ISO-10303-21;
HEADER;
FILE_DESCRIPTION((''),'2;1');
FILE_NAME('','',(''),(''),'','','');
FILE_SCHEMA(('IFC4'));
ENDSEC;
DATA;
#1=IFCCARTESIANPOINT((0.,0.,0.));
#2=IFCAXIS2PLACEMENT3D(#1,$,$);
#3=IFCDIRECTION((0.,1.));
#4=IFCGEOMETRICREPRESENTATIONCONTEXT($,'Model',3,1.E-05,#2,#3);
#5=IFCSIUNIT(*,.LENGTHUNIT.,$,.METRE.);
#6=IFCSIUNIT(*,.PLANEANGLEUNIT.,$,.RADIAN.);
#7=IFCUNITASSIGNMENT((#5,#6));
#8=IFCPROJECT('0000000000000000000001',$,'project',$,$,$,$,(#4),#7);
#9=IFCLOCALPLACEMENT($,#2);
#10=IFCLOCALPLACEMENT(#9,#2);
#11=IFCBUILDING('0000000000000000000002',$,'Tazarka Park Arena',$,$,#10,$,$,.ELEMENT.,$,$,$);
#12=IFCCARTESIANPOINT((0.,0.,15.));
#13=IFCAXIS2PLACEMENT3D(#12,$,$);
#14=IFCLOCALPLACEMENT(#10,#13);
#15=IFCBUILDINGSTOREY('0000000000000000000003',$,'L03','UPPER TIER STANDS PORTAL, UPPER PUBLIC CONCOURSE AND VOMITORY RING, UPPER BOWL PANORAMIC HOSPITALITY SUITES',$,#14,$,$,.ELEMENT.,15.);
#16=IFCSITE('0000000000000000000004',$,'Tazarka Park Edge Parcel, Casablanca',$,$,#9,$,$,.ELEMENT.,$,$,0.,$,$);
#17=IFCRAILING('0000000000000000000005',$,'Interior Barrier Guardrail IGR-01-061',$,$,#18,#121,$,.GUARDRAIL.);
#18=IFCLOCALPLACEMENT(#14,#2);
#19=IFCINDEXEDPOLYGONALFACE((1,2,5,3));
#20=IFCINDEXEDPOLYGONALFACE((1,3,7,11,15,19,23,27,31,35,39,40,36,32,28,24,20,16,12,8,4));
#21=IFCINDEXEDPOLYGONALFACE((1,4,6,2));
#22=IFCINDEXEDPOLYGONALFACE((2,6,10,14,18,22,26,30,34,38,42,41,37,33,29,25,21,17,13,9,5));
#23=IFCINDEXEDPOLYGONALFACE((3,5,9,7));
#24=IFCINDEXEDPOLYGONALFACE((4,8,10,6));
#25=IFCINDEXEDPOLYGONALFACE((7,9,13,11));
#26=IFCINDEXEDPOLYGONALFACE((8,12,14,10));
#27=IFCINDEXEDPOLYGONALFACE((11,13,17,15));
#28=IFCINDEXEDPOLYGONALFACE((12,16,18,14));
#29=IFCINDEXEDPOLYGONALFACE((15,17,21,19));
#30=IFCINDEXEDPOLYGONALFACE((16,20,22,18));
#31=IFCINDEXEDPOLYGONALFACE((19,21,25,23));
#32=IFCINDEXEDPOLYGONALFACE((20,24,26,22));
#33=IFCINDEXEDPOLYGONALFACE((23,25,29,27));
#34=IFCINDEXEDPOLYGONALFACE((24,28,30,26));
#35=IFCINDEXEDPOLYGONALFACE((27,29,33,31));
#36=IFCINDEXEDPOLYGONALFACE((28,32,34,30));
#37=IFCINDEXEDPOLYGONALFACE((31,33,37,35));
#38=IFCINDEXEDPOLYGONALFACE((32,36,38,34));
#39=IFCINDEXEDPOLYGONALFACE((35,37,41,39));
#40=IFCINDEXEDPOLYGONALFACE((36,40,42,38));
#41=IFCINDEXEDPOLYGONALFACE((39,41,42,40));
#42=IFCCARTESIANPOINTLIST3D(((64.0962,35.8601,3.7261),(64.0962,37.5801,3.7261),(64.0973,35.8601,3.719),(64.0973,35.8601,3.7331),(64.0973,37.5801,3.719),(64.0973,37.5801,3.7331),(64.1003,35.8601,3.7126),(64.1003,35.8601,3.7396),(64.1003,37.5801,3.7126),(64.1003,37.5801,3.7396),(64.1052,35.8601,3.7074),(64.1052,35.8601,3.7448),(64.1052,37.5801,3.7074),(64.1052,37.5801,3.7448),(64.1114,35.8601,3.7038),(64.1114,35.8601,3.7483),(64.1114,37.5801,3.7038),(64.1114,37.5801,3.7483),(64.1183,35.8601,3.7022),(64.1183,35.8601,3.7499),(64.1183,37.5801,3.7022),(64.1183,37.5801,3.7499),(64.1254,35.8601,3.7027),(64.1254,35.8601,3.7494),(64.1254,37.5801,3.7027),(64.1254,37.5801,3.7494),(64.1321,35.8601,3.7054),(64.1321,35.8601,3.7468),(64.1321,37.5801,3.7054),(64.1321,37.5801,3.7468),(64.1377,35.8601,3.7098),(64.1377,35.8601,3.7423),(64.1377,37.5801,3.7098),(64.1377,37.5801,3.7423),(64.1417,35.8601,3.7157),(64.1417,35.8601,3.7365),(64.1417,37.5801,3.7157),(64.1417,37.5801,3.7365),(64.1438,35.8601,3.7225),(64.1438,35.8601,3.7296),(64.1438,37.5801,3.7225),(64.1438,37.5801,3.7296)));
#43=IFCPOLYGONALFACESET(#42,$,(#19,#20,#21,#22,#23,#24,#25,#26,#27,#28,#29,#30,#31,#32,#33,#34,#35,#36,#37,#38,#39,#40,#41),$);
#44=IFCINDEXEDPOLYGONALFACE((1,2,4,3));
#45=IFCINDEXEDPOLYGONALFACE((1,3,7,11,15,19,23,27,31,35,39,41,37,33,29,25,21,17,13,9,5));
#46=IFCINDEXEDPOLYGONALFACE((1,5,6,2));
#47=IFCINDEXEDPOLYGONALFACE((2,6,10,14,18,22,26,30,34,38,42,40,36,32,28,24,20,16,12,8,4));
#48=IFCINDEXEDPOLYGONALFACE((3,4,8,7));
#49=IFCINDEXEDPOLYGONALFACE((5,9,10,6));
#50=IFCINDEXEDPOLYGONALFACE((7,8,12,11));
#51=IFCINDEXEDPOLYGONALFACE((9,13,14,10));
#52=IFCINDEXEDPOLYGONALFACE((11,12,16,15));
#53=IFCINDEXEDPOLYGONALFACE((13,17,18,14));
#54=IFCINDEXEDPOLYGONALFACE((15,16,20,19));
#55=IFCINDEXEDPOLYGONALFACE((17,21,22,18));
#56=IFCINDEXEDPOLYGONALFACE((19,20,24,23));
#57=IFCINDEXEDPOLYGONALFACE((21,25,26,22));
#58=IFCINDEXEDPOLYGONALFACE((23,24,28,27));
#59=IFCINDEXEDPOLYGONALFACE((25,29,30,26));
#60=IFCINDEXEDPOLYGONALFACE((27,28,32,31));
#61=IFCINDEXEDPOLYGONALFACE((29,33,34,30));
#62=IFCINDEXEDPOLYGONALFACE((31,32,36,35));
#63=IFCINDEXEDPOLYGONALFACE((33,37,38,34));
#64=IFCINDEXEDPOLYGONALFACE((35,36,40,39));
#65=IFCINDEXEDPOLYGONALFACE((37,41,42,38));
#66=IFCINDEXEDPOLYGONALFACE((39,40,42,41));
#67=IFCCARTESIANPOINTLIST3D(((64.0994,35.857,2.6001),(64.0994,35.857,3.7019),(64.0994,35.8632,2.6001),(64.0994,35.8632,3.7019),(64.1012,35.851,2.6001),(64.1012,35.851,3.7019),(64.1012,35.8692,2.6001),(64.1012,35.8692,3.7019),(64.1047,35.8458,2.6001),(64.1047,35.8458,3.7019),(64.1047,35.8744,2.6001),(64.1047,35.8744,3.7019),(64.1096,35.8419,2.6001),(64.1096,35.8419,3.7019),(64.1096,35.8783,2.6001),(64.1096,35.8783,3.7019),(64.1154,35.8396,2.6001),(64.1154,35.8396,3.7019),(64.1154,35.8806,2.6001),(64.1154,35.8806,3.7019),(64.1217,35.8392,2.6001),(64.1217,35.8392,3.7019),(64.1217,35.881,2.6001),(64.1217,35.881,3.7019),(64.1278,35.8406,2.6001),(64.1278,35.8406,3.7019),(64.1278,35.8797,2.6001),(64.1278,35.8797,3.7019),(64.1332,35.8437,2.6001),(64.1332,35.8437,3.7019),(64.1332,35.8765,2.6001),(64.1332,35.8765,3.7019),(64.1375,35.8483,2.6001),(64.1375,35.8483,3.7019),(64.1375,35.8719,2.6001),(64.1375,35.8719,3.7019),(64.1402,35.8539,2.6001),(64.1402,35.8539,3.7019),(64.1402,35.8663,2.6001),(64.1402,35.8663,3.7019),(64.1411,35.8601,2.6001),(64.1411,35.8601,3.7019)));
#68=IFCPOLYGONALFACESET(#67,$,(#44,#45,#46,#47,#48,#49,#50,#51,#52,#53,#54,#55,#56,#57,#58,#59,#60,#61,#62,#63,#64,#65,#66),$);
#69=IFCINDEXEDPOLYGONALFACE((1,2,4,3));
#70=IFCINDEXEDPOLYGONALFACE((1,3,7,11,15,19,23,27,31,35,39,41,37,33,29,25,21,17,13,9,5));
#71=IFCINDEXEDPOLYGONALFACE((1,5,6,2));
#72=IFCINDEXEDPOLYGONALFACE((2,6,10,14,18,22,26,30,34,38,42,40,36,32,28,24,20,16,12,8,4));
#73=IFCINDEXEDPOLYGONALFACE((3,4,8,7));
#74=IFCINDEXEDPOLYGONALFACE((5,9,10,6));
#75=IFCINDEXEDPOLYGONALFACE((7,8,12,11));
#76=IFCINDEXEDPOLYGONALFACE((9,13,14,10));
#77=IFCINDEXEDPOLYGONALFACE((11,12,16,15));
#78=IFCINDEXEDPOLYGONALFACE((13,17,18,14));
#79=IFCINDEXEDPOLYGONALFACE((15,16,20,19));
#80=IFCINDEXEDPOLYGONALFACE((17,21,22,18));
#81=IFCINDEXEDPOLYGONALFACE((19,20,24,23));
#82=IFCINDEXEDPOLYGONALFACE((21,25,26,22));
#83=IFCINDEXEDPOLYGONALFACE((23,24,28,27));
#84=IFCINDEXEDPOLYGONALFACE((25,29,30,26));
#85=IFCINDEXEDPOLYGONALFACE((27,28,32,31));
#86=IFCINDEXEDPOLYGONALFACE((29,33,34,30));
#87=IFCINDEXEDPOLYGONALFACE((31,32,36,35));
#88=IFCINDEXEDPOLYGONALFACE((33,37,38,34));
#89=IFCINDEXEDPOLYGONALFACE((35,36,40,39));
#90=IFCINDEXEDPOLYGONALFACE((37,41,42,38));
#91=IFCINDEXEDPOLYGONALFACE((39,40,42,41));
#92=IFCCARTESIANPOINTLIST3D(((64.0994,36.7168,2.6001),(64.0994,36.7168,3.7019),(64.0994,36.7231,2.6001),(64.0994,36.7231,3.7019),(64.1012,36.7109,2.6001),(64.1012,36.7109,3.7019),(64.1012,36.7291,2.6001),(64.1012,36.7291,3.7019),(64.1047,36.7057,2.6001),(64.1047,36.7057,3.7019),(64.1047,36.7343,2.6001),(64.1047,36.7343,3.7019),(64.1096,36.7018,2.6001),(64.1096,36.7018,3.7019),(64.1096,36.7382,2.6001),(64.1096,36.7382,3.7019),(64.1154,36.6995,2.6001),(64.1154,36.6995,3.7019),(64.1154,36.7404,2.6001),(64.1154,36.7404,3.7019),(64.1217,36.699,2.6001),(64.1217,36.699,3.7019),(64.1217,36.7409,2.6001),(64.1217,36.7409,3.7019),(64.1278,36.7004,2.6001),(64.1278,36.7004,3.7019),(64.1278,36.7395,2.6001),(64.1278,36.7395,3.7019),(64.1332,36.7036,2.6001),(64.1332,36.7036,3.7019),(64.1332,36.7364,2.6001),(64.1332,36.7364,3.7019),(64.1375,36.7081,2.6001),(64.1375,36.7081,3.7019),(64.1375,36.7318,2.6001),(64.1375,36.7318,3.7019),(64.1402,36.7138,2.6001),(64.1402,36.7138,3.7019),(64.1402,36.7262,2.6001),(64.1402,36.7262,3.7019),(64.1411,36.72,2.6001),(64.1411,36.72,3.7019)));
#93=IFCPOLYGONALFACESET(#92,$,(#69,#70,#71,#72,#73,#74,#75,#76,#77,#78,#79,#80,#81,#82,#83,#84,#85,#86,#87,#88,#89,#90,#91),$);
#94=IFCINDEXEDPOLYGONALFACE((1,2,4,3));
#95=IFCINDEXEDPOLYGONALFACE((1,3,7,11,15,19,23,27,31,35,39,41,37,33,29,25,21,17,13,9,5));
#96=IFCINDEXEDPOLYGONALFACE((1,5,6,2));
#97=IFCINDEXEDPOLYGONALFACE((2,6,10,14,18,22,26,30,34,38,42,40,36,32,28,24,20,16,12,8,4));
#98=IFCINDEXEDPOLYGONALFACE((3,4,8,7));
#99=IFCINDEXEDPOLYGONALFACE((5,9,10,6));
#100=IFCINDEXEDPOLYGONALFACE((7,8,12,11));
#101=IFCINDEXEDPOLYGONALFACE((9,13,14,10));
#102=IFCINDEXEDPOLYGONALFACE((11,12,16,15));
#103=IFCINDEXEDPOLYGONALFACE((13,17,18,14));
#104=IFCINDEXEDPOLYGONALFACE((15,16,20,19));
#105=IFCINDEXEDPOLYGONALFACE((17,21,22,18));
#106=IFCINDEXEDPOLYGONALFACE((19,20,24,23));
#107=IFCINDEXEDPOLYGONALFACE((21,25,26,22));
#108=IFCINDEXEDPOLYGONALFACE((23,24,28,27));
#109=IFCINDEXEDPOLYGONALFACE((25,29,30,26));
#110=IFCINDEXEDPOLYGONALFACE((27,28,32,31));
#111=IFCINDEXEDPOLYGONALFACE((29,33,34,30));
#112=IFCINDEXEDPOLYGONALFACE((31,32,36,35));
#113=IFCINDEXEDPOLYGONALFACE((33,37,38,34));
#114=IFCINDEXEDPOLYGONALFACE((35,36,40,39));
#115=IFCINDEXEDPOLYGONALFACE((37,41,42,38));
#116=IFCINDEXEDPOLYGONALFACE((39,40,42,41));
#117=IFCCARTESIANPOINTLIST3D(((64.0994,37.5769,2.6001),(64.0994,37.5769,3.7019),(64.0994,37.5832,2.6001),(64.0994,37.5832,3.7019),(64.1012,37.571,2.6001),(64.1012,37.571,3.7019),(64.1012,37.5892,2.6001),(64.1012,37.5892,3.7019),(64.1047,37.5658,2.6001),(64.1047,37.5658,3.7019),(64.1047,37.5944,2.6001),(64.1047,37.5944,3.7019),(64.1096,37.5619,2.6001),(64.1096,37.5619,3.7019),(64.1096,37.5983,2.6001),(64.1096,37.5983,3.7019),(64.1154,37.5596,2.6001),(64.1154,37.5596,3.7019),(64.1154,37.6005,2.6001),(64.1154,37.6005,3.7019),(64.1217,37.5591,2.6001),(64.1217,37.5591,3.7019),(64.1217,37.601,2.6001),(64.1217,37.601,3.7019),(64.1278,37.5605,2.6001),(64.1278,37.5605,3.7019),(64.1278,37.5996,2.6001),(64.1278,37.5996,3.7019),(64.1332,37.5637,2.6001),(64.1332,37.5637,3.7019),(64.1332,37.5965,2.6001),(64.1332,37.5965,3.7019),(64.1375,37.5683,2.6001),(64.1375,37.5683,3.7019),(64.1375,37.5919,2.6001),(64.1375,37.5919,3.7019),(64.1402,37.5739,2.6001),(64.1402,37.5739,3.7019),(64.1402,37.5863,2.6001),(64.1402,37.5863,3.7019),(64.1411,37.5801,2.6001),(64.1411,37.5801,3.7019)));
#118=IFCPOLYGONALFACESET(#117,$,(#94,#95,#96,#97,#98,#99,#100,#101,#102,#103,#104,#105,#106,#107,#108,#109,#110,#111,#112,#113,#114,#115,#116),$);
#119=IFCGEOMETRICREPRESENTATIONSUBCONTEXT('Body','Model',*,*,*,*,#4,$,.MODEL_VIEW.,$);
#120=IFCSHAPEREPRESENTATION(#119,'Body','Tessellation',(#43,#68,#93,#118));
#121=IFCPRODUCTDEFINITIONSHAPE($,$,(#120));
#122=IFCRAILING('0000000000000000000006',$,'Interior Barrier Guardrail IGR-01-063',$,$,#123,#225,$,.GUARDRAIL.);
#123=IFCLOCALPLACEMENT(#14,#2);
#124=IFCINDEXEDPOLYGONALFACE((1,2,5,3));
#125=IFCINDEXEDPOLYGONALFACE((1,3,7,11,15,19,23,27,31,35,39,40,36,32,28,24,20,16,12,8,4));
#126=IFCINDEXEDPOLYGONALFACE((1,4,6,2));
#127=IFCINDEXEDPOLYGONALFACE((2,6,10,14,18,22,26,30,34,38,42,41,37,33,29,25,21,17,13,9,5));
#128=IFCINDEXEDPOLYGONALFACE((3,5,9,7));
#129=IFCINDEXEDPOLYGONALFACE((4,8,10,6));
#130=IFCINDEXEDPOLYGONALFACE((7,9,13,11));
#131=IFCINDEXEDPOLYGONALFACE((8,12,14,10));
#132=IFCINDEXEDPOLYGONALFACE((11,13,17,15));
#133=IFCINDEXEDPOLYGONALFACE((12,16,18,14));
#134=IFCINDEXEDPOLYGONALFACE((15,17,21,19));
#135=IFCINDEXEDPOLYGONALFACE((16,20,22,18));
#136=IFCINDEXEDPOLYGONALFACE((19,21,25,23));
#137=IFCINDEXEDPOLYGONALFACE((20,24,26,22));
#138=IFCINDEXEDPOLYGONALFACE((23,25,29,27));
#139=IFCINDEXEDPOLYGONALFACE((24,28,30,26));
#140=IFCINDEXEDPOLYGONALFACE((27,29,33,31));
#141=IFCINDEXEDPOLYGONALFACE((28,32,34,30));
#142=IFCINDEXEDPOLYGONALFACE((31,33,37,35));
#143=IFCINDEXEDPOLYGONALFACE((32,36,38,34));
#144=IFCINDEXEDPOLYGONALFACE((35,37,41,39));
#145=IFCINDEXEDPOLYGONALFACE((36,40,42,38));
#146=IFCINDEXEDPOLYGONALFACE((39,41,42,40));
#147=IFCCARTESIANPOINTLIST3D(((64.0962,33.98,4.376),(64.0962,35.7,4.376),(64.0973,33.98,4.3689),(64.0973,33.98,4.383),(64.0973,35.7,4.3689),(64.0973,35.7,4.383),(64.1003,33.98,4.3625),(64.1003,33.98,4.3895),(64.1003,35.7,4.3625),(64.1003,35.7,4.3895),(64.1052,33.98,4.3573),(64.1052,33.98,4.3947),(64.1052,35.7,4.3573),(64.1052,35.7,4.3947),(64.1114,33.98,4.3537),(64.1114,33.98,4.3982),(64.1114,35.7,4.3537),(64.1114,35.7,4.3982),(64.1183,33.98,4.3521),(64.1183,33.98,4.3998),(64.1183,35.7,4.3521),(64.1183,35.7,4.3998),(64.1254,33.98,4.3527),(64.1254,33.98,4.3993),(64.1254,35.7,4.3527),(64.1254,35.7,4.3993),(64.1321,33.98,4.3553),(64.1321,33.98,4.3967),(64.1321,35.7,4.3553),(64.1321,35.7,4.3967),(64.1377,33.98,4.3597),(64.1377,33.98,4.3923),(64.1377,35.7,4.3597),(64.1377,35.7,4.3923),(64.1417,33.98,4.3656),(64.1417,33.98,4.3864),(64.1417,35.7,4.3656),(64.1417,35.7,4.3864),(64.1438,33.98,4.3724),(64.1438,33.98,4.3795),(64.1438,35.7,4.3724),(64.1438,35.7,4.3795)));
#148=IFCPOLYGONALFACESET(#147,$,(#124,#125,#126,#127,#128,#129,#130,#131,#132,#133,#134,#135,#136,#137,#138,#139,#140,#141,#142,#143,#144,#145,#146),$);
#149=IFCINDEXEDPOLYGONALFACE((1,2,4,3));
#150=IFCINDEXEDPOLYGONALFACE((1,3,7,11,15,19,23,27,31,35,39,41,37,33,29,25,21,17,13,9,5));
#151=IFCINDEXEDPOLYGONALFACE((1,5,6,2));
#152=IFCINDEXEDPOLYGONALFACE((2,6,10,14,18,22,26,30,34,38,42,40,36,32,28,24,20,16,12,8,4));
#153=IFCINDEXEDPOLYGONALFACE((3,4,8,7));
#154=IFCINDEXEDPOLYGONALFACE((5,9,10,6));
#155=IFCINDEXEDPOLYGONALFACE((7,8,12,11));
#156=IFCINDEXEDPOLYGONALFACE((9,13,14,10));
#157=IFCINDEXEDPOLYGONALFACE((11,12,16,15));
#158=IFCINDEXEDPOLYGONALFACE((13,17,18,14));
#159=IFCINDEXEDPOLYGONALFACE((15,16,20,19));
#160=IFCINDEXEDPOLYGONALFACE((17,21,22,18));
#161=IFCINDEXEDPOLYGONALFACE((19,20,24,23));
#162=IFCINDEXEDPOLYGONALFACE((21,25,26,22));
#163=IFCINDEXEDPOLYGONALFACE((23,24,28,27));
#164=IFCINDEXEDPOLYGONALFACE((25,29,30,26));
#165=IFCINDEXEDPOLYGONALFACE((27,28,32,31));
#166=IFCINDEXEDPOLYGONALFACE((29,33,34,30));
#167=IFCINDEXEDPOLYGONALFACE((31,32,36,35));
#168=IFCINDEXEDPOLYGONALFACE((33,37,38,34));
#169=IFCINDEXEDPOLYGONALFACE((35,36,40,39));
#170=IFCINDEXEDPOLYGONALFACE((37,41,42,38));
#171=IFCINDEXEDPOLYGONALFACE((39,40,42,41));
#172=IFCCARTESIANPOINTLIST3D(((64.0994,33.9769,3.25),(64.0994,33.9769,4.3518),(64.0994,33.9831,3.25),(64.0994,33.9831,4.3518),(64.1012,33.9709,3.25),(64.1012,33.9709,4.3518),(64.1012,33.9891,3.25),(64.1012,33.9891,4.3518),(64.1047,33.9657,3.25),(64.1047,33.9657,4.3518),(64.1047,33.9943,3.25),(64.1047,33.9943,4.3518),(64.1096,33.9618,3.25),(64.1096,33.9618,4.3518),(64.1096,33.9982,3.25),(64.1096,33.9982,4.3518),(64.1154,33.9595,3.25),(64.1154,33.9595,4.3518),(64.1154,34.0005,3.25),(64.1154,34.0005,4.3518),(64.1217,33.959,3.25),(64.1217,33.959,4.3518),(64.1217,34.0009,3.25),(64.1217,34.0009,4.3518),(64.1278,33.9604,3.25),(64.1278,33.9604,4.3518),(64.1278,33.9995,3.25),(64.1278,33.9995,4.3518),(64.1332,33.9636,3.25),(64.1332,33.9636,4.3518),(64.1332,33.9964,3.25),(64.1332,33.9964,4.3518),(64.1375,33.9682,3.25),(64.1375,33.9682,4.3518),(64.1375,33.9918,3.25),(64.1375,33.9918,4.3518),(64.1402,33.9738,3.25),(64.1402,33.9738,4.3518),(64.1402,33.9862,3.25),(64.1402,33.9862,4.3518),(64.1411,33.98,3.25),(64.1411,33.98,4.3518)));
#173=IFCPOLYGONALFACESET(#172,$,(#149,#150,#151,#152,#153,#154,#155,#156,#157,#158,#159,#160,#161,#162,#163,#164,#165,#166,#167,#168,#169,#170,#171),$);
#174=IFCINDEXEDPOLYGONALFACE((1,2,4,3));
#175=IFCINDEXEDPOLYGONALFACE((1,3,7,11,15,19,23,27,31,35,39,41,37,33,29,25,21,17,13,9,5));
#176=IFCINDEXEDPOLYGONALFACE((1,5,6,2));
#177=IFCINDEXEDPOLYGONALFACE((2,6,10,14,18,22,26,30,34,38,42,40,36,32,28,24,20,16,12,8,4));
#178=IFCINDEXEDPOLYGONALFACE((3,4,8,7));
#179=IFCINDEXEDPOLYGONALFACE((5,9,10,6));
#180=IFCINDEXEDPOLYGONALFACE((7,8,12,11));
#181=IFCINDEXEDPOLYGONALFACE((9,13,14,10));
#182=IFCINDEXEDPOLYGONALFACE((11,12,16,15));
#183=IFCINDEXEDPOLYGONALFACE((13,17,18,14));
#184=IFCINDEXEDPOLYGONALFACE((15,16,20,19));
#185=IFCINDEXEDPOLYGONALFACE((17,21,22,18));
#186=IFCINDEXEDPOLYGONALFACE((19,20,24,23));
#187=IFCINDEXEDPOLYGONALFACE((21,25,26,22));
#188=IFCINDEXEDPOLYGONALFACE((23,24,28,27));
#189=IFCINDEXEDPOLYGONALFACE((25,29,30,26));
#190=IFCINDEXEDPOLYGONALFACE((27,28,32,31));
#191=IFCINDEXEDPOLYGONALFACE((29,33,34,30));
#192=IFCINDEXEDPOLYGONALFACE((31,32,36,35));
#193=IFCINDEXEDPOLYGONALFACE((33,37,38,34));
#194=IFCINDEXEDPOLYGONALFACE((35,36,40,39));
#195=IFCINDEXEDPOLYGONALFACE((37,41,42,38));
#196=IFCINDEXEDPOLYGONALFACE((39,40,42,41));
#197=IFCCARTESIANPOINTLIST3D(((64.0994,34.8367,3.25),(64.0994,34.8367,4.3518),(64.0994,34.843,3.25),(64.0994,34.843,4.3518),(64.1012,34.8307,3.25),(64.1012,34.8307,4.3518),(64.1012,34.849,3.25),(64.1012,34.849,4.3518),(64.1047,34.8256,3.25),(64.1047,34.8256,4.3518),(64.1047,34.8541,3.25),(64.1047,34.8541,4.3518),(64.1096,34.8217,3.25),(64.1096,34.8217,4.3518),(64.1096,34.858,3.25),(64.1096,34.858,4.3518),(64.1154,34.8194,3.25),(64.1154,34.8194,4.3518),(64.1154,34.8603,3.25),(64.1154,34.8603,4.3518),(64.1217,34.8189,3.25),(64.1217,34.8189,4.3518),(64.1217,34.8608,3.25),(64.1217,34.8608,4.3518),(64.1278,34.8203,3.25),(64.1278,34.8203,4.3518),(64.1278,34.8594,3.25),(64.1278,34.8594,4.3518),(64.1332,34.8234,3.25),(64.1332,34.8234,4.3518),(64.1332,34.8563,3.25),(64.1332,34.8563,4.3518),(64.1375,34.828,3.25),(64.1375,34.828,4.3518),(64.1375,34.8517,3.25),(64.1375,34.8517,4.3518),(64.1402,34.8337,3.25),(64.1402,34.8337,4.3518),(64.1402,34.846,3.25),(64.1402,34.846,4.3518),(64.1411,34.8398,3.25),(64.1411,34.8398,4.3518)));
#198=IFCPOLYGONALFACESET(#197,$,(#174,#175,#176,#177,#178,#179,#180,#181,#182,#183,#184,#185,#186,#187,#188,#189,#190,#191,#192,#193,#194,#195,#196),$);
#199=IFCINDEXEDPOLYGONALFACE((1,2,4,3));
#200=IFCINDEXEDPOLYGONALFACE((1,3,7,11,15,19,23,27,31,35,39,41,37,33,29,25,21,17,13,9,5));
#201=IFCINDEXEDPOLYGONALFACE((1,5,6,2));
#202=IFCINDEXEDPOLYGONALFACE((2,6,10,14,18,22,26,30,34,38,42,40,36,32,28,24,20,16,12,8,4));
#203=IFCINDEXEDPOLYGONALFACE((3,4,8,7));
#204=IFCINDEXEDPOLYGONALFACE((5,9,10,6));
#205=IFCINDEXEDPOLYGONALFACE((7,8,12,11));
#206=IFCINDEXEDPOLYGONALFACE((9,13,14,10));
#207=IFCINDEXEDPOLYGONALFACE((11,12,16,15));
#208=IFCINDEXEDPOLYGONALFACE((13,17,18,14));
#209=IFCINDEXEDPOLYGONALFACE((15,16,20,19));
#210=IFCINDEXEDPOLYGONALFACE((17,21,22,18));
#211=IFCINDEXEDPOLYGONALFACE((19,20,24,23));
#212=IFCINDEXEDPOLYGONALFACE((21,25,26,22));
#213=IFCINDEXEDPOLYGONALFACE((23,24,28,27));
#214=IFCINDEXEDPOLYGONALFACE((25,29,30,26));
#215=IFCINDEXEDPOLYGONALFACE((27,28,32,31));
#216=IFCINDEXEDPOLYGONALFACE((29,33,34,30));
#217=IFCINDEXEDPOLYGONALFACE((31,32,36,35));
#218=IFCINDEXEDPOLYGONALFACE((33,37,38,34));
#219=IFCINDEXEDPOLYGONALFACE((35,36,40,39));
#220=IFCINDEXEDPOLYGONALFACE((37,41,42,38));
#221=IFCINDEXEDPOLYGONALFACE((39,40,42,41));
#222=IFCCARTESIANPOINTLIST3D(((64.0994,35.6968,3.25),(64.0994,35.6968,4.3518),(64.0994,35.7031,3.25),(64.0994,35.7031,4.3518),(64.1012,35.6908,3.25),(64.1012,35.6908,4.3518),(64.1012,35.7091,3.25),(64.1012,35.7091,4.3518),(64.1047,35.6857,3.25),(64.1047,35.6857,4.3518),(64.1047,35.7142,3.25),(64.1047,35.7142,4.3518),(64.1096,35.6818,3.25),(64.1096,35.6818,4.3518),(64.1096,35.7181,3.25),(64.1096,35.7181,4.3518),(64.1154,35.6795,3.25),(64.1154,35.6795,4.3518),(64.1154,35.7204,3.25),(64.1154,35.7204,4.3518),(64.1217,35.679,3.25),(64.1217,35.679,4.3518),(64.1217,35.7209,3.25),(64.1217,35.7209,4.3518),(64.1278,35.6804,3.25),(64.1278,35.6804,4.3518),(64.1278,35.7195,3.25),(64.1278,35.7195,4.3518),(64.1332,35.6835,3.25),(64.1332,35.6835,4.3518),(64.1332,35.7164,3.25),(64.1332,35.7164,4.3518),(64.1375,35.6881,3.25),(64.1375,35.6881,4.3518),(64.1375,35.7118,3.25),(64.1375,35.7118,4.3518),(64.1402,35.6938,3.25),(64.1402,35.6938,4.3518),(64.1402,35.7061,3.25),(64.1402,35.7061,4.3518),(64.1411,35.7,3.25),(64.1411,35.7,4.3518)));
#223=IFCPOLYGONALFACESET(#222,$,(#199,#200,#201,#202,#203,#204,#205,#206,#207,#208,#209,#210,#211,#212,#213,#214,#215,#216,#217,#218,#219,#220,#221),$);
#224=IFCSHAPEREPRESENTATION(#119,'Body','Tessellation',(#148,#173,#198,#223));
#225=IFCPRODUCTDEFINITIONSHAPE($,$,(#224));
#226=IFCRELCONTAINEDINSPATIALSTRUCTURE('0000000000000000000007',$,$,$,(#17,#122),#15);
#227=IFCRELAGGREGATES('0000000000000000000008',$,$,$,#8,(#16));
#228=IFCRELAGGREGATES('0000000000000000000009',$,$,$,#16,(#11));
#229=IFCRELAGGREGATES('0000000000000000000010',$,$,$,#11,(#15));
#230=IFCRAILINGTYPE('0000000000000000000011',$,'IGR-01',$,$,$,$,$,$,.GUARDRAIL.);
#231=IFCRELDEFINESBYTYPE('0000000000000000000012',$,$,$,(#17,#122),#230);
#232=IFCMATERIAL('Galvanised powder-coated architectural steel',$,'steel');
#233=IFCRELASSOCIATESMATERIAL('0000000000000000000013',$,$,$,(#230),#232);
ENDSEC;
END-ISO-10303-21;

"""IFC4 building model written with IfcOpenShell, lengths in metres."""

from ifc_helpers import new_model, si_unit, direction, frame, origin, origin_2d, place, context, subcontext, project, spatial, circle, extrude, material, type_object, element, save


model = new_model("IFC4")

# Units and contexts
model_context = context("Model", 3, precision=1e-05, world=origin(), true_north=direction((0.0, 1.0)))
body_context = subcontext(model_context, "Body", "Model", "MODEL_VIEW")
ifc_project = project(units=[si_unit("LENGTHUNIT", "METRE"), si_unit("PLANEANGLEUNIT", "RADIAN")], contexts=[model_context])

# Site, building, storey
site_placement = place(None, origin())
site = spatial("IfcSite", under=ifc_project, at=site_placement, Name="Tazarka Park Edge Parcel, Casablanca", CompositionType="ELEMENT", RefElevation=0.0)
building_placement = place(site_placement, origin())
building = spatial("IfcBuilding", under=site, at=building_placement, Name="Tazarka Park Arena", CompositionType="ELEMENT")
storey_placement = place(building_placement, frame((0.0, 0.0, 15.0)))
storey = spatial("IfcBuildingStorey", under=building, at=storey_placement, Name="L03", Description="UPPER TIER STANDS PORTAL, UPPER PUBLIC CONCOURSE AND VOMITORY RING, UPPER BOWL PANORAMIC HOSPITALITY SUITES", CompositionType="ELEMENT", Elevation=15.0)

# Railings
ifc_material_1 = material(Name="Galvanised powder-coated architectural steel", Category="steel")
railing_type_1 = type_object("IfcRailingType", Name="IGR-01", PredefinedType="GUARDRAIL", material=ifc_material_1)
for number, where, name in (
    (1, (64.1201, 35.8601, 2.6001), "Interior Barrier Guardrail IGR-01-061"),
    (2, (64.1201, 33.98, 3.25), "Interior Barrier Guardrail IGR-01-063"),
):
    element("IfcRailing", number, at=place(storey_placement, frame(where)), inside=storey, type_object=railing_type_1, Name=name, PredefinedType="GUARDRAIL", context=body_context, shape_type="SweptSolid", body=[
        extrude(circle(Radius=0.0239, at=origin_2d()), frame((0.0, 0.0, 1.126), z_axis=(0.0, 1.0, 0.0), x_axis=(-1.0, 0.0, 0.0)), (0.0, 0.0, 1.0), 1.72),
        extrude(circle(Radius=0.021, at=origin_2d()), origin(), (0.0, 0.0, 1.0), 1.1018),
        extrude(circle(Radius=0.021, at=origin_2d()), frame((0.0, 0.8599, 0.0)), (0.0, 0.0, 1.0), 1.1018),
        extrude(circle(Radius=0.021, at=origin_2d()), frame((0.0, 1.72, 0.0)), (0.0, 0.0, 1.0), 1.1018),
    ])

save(model, "model.ifc")
